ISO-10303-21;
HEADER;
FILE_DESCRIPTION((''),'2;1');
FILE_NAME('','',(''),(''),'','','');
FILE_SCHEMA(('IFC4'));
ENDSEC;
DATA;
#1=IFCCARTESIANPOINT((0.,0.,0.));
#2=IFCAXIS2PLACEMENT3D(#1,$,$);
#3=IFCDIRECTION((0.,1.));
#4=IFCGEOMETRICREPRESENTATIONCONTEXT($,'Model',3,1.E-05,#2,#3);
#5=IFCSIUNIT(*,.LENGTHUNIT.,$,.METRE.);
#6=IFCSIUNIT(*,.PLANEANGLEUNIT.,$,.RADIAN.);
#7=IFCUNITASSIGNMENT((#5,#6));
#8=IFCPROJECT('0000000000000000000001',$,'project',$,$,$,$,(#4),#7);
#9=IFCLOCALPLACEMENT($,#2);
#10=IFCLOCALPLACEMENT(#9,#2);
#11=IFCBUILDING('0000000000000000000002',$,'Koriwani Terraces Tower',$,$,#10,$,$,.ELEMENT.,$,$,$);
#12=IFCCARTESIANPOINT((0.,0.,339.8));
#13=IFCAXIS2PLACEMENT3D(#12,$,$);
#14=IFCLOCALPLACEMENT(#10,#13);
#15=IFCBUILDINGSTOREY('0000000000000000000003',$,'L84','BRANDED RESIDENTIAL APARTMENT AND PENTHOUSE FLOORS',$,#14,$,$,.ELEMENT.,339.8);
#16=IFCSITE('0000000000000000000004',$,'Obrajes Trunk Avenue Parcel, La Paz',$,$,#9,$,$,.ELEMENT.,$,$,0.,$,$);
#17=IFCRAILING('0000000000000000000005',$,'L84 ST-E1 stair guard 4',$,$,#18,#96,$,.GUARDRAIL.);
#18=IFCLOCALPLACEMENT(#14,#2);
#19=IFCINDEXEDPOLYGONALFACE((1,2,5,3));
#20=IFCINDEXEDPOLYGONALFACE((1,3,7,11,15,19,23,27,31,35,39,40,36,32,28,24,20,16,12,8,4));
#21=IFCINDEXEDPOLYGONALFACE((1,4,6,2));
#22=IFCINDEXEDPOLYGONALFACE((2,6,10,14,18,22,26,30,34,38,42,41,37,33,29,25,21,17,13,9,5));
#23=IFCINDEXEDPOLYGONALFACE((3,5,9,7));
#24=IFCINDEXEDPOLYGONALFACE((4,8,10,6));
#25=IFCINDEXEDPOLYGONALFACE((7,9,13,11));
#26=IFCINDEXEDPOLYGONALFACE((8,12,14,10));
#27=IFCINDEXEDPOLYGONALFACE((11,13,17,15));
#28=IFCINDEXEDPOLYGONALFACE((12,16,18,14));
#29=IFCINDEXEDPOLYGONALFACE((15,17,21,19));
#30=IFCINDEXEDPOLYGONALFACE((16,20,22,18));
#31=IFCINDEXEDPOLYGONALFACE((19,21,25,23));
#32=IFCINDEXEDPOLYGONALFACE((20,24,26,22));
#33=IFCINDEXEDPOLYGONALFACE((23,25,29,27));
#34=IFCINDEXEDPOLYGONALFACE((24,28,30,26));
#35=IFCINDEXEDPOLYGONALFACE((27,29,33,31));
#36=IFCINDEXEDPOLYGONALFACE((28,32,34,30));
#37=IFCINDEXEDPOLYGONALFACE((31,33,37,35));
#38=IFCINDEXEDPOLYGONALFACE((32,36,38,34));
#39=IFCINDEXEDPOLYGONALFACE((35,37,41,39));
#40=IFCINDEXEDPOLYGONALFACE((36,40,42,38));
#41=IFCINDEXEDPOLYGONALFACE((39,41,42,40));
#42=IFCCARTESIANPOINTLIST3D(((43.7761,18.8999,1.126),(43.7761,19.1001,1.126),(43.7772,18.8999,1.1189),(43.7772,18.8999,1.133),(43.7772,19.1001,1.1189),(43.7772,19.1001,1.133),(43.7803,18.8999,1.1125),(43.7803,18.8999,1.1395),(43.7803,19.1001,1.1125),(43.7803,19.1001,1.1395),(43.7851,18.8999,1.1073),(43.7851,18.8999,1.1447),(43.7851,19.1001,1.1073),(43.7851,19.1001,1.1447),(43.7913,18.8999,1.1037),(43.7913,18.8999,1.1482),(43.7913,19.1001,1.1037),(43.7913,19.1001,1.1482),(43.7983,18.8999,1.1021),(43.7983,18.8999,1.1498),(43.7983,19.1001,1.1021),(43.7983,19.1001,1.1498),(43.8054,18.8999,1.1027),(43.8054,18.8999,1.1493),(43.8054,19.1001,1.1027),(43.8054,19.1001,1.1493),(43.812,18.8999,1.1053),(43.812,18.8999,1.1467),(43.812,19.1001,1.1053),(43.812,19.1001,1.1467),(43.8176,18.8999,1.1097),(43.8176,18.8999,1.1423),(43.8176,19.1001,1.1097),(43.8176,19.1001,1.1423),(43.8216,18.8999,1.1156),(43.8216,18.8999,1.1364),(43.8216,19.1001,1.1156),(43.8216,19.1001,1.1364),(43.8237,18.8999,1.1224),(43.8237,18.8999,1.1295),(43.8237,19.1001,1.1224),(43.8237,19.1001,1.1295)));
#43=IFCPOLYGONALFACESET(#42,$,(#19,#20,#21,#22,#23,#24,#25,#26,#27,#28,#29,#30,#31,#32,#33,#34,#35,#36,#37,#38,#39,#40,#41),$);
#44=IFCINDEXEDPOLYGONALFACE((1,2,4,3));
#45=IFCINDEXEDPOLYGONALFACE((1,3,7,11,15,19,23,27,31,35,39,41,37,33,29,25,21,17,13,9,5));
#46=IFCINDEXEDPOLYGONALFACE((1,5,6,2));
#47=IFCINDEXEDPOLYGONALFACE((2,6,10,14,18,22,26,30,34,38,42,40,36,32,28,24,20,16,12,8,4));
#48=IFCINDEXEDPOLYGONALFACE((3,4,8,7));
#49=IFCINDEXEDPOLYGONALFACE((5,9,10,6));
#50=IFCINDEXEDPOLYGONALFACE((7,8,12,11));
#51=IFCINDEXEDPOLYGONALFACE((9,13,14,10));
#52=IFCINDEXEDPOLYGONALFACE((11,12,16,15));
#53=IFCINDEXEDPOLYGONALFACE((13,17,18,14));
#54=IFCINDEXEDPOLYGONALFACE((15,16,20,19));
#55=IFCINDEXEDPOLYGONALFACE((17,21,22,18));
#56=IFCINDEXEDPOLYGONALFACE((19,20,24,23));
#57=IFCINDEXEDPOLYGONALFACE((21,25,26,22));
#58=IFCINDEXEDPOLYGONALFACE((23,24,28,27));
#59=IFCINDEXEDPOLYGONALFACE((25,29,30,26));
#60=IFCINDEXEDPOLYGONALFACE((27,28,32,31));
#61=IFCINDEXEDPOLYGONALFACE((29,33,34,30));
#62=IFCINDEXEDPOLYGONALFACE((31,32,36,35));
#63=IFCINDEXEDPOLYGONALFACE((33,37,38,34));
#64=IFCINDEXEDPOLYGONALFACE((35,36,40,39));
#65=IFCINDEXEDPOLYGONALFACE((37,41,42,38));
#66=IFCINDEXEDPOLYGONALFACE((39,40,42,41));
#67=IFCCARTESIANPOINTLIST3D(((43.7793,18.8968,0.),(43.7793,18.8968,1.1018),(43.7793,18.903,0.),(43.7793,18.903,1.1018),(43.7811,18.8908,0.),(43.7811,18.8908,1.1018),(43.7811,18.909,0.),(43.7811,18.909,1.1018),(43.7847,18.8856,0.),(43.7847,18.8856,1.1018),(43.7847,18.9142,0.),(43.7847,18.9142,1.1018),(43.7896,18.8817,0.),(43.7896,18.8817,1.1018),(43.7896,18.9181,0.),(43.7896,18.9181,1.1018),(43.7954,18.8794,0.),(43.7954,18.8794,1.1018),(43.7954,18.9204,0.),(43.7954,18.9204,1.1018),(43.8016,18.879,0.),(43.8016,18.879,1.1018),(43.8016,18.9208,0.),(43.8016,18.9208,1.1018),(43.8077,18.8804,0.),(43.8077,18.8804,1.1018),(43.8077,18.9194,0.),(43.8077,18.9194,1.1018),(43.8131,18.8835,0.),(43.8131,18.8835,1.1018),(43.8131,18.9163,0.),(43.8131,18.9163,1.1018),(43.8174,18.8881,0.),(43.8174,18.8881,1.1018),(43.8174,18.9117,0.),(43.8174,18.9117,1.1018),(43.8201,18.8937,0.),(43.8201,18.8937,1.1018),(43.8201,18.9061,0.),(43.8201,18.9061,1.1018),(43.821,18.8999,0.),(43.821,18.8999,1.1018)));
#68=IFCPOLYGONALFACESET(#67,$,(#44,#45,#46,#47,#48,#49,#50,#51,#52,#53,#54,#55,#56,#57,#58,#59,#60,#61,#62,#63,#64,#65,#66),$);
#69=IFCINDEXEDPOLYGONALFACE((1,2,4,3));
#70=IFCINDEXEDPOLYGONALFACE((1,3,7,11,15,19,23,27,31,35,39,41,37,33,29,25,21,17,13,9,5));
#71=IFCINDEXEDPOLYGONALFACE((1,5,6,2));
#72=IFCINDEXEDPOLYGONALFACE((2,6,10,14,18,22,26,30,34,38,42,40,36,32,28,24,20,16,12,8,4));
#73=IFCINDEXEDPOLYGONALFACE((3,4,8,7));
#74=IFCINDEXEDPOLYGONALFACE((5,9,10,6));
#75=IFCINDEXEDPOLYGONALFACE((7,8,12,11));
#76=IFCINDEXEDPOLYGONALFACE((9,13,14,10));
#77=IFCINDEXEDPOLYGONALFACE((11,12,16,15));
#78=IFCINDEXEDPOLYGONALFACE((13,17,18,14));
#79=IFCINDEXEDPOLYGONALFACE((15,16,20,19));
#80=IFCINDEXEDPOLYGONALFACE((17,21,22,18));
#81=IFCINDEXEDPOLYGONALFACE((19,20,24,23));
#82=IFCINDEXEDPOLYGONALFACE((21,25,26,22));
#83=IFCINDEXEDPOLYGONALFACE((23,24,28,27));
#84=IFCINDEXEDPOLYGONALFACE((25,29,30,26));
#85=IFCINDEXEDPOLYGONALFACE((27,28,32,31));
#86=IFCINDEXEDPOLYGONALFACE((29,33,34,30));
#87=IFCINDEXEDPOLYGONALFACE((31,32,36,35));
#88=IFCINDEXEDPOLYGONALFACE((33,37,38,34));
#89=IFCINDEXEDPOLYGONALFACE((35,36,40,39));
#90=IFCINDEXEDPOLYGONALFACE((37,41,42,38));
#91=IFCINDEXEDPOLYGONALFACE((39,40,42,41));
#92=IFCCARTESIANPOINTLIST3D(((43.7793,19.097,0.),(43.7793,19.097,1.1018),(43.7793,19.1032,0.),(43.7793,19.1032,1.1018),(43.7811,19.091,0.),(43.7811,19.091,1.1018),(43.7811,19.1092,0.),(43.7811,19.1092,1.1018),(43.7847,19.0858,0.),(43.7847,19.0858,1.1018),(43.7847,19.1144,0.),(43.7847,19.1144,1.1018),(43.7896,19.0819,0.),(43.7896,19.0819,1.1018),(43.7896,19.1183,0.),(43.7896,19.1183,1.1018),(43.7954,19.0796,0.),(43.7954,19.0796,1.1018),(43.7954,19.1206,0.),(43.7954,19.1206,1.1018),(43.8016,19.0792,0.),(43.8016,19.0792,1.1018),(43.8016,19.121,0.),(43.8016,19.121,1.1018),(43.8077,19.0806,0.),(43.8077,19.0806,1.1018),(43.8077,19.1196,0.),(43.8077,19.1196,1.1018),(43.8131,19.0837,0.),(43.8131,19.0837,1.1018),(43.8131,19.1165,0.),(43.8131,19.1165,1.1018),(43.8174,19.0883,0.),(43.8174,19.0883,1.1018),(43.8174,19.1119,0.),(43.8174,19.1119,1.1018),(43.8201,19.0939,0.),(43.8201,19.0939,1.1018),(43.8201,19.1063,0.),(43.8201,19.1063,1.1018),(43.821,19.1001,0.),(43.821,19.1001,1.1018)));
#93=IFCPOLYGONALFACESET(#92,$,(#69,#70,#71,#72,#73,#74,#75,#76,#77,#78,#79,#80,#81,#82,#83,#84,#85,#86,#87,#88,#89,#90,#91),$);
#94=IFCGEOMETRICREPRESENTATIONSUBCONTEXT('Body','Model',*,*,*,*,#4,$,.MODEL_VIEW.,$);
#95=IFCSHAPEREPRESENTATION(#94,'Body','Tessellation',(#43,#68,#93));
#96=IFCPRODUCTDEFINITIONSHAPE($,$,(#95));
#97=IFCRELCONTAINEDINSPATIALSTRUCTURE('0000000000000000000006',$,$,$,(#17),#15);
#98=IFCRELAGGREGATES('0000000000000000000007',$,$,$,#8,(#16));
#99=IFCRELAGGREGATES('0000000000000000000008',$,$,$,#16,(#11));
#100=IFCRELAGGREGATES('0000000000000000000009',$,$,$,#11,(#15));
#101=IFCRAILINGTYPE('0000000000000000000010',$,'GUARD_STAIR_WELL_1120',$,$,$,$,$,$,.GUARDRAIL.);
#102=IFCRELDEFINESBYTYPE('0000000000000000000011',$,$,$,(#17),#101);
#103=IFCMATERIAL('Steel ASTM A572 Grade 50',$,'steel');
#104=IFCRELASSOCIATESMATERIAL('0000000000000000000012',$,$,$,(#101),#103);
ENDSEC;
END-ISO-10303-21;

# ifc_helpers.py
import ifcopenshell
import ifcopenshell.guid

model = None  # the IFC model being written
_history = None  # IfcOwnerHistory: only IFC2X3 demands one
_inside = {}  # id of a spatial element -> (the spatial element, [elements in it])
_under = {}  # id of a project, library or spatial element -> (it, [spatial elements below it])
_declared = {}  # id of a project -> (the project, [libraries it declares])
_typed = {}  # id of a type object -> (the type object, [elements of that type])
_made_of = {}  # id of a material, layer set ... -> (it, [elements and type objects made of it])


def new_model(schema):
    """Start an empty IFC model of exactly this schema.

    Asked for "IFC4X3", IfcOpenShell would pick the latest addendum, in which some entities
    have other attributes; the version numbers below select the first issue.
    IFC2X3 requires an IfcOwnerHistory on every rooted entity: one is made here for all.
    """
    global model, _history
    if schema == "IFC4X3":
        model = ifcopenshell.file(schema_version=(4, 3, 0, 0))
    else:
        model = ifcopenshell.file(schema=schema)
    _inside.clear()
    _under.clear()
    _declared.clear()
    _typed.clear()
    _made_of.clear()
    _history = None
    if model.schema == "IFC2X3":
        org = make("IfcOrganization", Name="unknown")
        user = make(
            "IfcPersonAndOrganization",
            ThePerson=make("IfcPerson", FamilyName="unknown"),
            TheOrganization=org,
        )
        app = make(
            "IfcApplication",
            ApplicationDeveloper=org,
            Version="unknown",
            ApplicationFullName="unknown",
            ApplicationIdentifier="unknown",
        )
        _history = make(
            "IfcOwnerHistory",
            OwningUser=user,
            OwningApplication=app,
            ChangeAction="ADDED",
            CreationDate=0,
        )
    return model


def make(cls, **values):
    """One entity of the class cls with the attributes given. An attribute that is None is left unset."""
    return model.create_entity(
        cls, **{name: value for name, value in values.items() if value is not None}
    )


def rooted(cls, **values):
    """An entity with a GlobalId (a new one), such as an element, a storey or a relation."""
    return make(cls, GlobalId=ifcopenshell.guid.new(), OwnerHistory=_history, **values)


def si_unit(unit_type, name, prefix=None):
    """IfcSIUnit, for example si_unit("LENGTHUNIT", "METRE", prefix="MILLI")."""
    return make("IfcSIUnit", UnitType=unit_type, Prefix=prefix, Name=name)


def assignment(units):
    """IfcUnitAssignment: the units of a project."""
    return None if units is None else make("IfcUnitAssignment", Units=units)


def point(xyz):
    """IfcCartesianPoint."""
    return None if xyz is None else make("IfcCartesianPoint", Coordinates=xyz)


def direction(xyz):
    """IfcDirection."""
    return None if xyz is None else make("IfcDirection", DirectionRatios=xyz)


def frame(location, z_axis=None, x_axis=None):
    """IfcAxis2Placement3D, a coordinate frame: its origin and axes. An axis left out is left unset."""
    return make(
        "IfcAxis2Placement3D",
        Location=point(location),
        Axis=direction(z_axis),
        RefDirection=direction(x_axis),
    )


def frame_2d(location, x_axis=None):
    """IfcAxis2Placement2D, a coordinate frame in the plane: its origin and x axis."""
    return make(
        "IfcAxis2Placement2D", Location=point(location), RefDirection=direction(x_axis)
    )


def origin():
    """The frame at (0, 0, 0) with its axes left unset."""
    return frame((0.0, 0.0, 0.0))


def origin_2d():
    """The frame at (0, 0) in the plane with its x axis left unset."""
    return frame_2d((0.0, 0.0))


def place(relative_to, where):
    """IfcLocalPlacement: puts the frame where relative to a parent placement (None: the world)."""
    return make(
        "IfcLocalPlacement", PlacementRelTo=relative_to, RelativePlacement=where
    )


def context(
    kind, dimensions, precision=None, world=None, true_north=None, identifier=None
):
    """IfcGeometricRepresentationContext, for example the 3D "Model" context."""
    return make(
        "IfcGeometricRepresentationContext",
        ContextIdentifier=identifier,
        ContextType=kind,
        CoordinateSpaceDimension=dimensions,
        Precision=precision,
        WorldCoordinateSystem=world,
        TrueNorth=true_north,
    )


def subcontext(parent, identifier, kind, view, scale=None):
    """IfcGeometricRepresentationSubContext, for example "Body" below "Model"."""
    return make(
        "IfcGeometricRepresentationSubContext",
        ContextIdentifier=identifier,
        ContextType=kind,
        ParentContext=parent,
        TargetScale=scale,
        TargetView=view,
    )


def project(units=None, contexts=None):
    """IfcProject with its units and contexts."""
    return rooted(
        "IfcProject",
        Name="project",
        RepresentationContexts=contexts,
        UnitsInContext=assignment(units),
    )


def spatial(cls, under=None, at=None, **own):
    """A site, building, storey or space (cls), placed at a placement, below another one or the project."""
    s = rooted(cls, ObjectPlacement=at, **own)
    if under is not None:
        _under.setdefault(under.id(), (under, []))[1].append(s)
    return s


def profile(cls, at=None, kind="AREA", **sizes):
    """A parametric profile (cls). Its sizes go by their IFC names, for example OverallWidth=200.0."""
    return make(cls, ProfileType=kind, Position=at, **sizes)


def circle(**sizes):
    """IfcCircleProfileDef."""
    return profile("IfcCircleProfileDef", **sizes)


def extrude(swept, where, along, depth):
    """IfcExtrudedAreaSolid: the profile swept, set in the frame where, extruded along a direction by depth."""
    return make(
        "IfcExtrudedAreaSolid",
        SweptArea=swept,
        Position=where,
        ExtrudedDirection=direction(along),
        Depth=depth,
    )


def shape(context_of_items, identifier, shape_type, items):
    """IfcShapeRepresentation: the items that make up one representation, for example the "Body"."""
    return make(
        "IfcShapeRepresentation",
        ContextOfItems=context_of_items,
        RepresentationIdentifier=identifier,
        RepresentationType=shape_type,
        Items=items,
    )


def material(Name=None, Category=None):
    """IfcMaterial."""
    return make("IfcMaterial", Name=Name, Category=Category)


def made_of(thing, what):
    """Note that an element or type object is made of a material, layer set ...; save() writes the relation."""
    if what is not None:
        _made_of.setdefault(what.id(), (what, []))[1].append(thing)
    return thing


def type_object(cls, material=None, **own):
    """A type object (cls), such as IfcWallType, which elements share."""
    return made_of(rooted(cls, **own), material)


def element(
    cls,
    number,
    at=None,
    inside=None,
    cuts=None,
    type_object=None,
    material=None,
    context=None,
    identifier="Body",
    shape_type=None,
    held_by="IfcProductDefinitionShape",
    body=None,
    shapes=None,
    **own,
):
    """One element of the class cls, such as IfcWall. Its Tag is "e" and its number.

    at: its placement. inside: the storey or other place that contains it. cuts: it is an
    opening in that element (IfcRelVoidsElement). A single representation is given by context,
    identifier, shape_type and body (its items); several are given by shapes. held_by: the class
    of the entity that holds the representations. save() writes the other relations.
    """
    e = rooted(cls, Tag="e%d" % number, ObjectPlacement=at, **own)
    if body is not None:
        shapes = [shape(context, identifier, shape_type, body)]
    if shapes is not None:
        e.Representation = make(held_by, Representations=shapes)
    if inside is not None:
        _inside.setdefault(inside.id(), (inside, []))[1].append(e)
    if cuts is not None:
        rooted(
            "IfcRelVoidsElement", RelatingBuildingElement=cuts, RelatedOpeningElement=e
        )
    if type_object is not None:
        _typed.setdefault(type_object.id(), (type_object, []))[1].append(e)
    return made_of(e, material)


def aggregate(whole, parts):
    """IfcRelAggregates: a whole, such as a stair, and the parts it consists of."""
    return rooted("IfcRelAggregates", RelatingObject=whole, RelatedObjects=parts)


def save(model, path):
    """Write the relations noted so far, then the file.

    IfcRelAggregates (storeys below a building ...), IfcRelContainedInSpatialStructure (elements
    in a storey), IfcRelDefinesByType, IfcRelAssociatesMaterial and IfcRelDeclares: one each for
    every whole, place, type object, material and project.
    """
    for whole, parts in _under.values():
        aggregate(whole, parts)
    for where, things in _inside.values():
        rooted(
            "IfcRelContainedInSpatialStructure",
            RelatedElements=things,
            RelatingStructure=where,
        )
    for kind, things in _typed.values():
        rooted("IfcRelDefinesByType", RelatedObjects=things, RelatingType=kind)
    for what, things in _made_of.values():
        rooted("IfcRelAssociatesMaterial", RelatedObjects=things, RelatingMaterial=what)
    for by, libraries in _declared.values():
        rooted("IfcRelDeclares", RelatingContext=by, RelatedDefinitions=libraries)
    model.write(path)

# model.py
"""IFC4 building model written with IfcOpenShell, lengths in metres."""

from ifc_helpers import new_model, si_unit, direction, frame, origin, origin_2d, place, context, subcontext, project, spatial, circle, extrude, material, type_object, element, save


model = new_model("IFC4")

# Units and contexts
model_context = context("Model", 3, precision=1e-05, world=origin(), true_north=direction((0.0, 1.0)))
body_context = subcontext(model_context, "Body", "Model", "MODEL_VIEW")
ifc_project = project(units=[si_unit("LENGTHUNIT", "METRE"), si_unit("PLANEANGLEUNIT", "RADIAN")], contexts=[model_context])

# Site, building, storey
site_placement = place(None, origin())
site = spatial("IfcSite", under=ifc_project, at=site_placement, Name="Obrajes Trunk Avenue Parcel, La Paz", CompositionType="ELEMENT", RefElevation=0.0)
building_placement = place(site_placement, origin())
building = spatial("IfcBuilding", under=site, at=building_placement, Name="Koriwani Terraces Tower", CompositionType="ELEMENT")
storey_placement = place(building_placement, frame((0.0, 0.0, 339.8)))
storey = spatial("IfcBuildingStorey", under=building, at=storey_placement, Name="L84", Description="BRANDED RESIDENTIAL APARTMENT AND PENTHOUSE FLOORS", CompositionType="ELEMENT", Elevation=339.8)

# Shared definitions
ifc_material_1 = material(Name="Steel ASTM A572 Grade 50", Category="steel")

# Railing
railing_type_1 = type_object("IfcRailingType", Name="GUARD_STAIR_WELL_1120", PredefinedType="GUARDRAIL", material=ifc_material_1)
railing_1_placement = place(storey_placement, frame((43.8, 18.8999, 0.0)))
element("IfcRailing", 1, at=railing_1_placement, inside=storey, type_object=railing_type_1, Name="L84 ST-E1 stair guard 4", PredefinedType="GUARDRAIL", context=body_context, shape_type="SweptSolid", body=[
    extrude(circle(Radius=0.0239, at=origin_2d()), frame((0.0, 0.0, 1.126), z_axis=(0.0, 1.0, 0.0), x_axis=(-1.0, 0.0, 0.0)), (0.0, 0.0, 1.0), 0.2002),
    extrude(circle(Radius=0.021, at=origin_2d()), origin(), (0.0, 0.0, 1.0), 1.1018),
    extrude(circle(Radius=0.021, at=origin_2d()), frame((0.0, 0.2002, 0.0)), (0.0, 0.0, 1.0), 1.1018),
])

save(model, "model.ifc")
